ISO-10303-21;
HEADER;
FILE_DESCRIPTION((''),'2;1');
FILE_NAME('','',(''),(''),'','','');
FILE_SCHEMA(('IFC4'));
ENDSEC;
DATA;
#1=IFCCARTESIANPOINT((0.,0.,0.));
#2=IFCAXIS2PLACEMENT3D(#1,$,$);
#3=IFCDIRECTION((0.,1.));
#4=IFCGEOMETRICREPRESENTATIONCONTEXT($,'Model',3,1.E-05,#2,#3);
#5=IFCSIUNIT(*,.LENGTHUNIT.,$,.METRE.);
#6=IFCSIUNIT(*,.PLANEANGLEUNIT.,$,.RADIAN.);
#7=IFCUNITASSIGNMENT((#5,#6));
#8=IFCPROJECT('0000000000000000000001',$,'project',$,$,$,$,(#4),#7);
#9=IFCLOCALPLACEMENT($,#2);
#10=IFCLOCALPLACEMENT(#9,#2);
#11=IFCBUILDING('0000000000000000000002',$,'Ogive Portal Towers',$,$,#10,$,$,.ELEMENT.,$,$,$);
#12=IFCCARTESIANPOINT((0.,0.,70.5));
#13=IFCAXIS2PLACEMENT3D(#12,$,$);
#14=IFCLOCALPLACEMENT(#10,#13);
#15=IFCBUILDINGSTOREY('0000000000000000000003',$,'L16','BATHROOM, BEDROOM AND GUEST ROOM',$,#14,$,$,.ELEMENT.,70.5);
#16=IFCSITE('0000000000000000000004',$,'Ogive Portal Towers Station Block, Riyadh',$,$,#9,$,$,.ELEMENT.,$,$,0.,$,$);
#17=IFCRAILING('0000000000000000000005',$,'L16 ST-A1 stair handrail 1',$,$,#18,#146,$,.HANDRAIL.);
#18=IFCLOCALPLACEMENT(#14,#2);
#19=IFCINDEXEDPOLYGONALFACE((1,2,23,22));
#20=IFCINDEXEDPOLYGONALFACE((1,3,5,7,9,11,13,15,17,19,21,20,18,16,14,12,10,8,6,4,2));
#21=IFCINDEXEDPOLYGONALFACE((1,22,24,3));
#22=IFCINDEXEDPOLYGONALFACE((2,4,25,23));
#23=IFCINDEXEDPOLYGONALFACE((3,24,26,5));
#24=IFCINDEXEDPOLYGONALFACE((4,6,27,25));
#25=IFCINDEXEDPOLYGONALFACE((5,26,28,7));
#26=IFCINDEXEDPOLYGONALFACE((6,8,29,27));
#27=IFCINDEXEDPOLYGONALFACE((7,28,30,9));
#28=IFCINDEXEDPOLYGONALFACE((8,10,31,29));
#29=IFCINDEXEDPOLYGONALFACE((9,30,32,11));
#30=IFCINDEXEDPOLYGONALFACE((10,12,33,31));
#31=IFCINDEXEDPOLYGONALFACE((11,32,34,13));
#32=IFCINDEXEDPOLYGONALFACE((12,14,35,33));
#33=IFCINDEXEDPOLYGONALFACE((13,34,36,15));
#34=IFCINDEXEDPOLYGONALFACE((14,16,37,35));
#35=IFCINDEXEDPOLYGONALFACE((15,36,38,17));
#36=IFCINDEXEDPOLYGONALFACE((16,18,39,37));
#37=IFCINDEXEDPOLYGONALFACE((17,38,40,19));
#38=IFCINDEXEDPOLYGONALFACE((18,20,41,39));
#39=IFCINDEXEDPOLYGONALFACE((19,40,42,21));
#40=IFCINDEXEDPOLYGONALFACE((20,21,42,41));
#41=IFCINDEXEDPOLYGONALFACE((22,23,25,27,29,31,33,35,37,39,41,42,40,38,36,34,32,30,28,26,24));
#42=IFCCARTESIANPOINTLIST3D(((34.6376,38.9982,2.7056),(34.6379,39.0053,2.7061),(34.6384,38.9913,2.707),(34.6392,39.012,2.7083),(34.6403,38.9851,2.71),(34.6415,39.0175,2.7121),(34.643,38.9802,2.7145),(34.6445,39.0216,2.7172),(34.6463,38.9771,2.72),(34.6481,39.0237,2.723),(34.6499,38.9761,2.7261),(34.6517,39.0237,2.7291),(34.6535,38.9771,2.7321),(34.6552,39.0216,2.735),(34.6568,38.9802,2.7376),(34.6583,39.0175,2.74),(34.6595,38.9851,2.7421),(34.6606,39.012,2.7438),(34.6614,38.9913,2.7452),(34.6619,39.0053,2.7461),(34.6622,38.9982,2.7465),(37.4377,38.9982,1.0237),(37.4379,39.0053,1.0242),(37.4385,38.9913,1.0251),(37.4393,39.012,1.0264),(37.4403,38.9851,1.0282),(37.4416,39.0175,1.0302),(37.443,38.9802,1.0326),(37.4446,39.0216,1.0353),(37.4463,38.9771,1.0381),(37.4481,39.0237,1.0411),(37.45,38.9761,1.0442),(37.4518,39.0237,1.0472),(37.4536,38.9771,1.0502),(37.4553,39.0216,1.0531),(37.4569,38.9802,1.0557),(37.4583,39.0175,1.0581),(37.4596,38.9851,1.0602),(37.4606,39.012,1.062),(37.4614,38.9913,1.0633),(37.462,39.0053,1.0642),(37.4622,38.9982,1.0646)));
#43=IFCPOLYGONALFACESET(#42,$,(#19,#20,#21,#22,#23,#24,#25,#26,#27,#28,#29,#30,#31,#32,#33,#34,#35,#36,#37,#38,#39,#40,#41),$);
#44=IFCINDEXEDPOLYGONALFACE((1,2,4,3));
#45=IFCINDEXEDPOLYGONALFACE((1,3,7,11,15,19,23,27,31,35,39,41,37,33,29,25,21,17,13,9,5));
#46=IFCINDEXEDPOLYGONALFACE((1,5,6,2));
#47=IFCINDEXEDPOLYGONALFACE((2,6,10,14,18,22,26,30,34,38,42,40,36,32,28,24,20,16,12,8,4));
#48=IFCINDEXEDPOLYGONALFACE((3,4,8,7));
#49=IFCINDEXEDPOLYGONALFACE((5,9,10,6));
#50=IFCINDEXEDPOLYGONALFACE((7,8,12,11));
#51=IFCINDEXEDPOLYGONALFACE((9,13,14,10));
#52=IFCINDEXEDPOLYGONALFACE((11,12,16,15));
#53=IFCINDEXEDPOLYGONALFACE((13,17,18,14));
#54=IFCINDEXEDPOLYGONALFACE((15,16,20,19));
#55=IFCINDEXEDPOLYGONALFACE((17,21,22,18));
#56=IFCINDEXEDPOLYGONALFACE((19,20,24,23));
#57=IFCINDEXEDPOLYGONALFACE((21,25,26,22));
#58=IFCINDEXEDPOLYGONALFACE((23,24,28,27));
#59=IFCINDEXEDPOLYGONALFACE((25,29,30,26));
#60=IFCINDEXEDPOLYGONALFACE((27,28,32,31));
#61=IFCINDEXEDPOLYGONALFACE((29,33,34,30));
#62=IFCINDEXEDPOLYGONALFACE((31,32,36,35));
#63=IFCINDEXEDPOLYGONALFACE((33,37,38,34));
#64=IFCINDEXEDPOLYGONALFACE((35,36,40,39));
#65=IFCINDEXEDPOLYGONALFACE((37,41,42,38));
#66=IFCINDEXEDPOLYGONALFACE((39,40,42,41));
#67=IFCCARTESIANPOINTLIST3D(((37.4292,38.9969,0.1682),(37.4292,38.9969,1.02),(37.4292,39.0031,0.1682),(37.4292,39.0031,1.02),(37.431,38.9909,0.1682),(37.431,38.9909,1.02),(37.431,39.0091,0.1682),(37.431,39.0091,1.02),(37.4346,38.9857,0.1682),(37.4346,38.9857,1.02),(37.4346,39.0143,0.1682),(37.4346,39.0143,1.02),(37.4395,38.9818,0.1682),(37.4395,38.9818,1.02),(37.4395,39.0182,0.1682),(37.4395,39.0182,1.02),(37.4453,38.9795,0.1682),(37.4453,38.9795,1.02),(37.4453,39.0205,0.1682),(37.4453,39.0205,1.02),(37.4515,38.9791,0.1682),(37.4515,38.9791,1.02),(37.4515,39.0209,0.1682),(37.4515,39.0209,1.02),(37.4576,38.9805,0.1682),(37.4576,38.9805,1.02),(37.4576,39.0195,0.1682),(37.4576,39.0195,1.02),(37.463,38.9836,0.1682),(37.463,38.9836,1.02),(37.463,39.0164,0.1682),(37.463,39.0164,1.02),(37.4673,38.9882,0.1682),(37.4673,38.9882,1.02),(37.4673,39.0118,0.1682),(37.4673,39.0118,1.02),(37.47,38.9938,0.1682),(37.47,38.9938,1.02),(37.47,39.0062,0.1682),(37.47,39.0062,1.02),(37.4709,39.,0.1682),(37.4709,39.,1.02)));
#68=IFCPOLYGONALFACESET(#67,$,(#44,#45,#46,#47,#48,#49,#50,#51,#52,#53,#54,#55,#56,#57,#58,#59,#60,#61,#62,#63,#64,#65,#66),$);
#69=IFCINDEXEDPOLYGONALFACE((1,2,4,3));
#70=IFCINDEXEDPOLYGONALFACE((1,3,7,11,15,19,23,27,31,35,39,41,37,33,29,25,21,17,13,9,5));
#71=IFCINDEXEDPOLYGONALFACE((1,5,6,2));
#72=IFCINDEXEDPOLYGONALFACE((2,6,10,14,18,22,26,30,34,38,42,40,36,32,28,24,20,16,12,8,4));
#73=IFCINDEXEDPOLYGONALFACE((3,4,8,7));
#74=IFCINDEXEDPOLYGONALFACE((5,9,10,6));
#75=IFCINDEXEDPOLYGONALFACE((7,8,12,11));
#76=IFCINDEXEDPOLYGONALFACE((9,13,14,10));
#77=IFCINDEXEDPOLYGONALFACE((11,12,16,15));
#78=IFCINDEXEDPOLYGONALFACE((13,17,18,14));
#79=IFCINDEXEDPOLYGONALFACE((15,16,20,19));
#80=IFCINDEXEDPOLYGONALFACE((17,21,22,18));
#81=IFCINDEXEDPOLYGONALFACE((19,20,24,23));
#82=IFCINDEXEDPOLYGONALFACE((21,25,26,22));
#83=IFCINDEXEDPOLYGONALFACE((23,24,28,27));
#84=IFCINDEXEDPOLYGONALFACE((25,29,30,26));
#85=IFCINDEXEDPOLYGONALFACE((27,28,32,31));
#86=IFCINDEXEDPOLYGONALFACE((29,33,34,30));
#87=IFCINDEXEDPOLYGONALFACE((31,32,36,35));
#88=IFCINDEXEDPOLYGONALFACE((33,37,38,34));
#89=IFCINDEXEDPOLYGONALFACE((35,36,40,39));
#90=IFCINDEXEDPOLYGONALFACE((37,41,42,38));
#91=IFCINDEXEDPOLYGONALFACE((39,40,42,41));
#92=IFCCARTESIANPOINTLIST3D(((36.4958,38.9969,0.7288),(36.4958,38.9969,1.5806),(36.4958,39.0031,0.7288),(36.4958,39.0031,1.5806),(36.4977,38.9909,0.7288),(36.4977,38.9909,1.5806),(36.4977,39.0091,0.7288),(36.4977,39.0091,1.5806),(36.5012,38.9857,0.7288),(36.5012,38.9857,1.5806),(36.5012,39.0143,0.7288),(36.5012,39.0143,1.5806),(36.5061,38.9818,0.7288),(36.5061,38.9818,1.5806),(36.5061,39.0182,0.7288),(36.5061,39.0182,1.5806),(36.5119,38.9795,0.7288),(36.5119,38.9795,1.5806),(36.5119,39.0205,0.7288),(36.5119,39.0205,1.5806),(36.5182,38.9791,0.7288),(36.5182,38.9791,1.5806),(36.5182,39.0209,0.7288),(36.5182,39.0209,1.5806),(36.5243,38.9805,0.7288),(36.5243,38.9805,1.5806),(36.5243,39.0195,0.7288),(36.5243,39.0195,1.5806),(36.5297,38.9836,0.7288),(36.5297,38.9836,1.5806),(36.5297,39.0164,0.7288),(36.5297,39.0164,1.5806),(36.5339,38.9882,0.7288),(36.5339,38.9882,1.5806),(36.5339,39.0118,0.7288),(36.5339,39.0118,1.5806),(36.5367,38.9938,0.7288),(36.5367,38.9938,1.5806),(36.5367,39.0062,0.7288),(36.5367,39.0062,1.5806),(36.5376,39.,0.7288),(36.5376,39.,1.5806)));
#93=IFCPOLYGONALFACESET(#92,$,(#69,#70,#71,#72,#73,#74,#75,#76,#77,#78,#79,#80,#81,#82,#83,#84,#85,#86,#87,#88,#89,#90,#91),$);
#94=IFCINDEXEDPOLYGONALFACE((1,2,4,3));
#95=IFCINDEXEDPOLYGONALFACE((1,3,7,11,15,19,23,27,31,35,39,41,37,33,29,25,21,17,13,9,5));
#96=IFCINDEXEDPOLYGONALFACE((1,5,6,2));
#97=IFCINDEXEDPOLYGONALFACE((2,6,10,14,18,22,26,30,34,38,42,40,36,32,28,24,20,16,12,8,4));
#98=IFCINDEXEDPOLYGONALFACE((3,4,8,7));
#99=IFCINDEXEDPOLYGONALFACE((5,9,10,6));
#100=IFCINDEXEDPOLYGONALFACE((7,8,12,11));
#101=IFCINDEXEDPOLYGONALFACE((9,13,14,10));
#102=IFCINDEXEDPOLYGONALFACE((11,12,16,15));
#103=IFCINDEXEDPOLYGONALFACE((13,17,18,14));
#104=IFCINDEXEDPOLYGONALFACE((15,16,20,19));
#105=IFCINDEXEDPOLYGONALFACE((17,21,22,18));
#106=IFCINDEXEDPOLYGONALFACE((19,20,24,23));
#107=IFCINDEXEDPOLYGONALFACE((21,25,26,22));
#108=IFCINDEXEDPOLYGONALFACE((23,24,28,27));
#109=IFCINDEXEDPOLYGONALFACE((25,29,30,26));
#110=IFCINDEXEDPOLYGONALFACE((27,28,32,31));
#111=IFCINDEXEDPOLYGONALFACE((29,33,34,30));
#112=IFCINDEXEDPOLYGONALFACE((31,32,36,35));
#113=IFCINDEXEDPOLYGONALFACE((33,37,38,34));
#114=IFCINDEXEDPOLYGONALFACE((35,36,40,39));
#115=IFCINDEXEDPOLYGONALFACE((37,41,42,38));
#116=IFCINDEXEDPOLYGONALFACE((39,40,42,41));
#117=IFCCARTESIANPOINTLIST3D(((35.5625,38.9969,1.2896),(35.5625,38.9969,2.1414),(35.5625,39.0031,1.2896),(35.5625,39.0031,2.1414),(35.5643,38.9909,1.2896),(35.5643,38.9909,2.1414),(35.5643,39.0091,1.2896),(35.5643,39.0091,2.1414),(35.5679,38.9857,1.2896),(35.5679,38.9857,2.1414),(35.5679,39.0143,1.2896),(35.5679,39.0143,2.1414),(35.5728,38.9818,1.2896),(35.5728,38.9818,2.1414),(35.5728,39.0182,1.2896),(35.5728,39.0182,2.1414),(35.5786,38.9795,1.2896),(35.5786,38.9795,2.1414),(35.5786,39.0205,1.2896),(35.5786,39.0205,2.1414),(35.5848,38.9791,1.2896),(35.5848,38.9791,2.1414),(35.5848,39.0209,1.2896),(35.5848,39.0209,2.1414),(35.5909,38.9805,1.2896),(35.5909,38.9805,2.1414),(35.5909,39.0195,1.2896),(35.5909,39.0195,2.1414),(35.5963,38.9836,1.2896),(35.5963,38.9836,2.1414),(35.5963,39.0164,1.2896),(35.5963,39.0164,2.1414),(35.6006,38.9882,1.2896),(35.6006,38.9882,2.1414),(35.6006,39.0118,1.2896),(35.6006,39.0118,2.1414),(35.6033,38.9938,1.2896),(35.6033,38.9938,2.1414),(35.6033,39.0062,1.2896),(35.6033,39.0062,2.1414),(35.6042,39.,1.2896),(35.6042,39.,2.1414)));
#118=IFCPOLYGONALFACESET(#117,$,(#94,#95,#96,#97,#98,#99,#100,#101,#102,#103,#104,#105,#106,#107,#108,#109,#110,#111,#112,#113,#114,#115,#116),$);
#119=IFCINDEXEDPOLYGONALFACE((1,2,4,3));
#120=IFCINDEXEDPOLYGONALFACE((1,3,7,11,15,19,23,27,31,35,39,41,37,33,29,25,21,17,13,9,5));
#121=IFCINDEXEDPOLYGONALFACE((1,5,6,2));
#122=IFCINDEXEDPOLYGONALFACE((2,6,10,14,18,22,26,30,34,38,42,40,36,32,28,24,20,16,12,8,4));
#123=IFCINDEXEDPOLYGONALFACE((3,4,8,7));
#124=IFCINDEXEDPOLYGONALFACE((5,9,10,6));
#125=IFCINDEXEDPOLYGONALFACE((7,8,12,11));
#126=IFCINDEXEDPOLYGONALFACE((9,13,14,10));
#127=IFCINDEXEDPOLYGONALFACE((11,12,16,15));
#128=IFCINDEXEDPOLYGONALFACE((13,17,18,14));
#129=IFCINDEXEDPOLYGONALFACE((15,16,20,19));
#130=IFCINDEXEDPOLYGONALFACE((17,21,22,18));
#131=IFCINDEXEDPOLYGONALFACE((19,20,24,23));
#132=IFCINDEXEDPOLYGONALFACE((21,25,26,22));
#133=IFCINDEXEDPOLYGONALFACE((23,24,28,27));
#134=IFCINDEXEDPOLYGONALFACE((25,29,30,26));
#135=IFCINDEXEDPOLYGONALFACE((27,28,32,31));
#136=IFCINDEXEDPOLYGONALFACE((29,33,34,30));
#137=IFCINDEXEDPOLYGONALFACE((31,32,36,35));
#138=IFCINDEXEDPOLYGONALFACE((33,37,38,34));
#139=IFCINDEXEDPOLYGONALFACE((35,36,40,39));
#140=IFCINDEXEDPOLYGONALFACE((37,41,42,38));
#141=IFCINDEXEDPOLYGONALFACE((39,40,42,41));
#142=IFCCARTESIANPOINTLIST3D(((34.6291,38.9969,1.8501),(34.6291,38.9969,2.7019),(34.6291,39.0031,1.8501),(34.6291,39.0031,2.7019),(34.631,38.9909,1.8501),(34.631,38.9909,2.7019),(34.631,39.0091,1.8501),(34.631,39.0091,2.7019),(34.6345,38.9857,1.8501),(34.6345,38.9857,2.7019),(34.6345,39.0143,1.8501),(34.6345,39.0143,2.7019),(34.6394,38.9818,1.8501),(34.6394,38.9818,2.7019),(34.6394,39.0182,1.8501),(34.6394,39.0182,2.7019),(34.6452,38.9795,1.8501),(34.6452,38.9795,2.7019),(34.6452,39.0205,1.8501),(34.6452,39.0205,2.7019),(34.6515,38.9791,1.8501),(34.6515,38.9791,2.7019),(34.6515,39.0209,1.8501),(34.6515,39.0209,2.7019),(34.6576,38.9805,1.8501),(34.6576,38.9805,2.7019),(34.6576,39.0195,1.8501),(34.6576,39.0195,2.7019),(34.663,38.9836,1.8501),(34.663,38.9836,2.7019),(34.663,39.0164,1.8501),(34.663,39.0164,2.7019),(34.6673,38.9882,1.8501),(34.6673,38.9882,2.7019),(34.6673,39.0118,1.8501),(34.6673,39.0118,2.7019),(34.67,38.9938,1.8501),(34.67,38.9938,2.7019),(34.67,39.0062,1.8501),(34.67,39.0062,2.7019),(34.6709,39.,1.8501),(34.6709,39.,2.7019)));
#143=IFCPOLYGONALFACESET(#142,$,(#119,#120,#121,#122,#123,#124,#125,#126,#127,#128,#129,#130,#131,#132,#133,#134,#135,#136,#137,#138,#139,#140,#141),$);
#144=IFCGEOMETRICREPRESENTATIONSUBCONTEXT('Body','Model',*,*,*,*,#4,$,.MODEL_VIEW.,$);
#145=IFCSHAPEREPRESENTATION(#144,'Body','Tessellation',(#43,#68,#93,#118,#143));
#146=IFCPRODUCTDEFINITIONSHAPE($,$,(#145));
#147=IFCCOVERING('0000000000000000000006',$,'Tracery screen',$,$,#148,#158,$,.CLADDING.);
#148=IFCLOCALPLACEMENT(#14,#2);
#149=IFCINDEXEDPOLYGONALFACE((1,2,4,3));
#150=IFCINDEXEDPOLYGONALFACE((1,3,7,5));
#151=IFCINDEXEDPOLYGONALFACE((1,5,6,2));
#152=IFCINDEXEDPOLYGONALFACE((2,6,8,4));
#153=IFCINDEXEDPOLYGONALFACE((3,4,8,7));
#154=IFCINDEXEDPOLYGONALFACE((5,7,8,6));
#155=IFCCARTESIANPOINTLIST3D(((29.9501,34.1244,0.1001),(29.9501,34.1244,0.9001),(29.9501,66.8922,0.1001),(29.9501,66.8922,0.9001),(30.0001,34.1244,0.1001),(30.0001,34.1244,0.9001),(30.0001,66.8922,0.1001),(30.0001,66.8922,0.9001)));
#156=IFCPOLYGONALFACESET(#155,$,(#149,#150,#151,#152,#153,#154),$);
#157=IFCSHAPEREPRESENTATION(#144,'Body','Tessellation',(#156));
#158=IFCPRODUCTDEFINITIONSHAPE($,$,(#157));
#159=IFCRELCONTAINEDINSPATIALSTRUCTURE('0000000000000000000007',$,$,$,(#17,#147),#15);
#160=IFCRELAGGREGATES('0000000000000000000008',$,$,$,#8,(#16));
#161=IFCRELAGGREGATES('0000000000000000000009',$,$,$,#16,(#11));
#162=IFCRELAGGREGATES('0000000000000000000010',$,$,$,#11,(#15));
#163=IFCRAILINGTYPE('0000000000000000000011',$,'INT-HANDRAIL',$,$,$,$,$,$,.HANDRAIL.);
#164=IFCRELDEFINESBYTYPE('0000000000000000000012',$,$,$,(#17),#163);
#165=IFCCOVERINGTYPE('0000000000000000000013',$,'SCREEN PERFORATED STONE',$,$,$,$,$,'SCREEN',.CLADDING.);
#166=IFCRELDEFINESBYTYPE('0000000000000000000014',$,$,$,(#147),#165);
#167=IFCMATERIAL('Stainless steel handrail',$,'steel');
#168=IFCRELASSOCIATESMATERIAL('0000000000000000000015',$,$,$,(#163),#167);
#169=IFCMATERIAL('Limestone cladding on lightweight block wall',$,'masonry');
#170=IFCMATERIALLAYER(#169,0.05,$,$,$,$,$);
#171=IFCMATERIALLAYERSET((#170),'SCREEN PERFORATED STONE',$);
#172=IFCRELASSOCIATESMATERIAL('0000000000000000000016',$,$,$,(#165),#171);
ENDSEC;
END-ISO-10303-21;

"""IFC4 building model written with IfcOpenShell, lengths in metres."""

from ifc_helpers import new_model, si_unit, direction, frame, origin, origin_2d, place, context, subcontext, project, spatial, rectangle, circle, extrude, material, layer, layer_set, type_object, element, save


model = new_model("IFC4")

# Units and contexts
model_context = context("Model", 3, precision=1e-05, world=origin(), true_north=direction((0.0, 1.0)))
body_context = subcontext(model_context, "Body", "Model", "MODEL_VIEW")
ifc_project = project(units=[si_unit("LENGTHUNIT", "METRE"), si_unit("PLANEANGLEUNIT", "RADIAN")], contexts=[model_context])

# Site, building, storey
site_placement = place(None, origin())
site = spatial("IfcSite", under=ifc_project, at=site_placement, Name="Ogive Portal Towers Station Block, Riyadh", CompositionType="ELEMENT", RefElevation=0.0)
building_placement = place(site_placement, origin())
building = spatial("IfcBuilding", under=site, at=building_placement, Name="Ogive Portal Towers", CompositionType="ELEMENT")
storey_placement = place(building_placement, frame((0.0, 0.0, 70.5)))
storey = spatial("IfcBuildingStorey", under=building, at=storey_placement, Name="L16", Description="BATHROOM, BEDROOM AND GUEST ROOM", CompositionType="ELEMENT", Elevation=70.5)

# Railing
ifc_material_1 = material(Name="Stainless steel handrail", Category="steel")
railing_type_1 = type_object("IfcRailingType", Name="INT-HANDRAIL", PredefinedType="HANDRAIL", material=ifc_material_1)
railing_1_placement = place(storey_placement, frame((37.45, 39.0, 0.1682)))
element("IfcRailing", 1, at=railing_1_placement, inside=storey, type_object=railing_type_1, Name="L16 ST-A1 stair handrail 1", PredefinedType="HANDRAIL", context=body_context, shape_type="SweptSolid", body=[
    extrude(circle(Radius=0.0239, at=origin_2d()), frame((0.0, 0.0, 0.876), z_axis=(-0.857242, 0.0, 0.514913), x_axis=(0.0, -1.0, 0.0)), (0.0, 0.0, 1.0), 3.2664),
    extrude(circle(Radius=0.021, at=origin_2d()), origin(), (0.0, 0.0, 1.0), 0.8518),
    extrude(circle(Radius=0.021, at=origin_2d()), frame((-0.9333, 0.0, 0.5605)), (0.0, 0.0, 1.0), 0.8518),
    extrude(circle(Radius=0.021, at=origin_2d()), frame((-1.8667, 0.0, 1.1213)), (0.0, 0.0, 1.0), 0.8518),
    extrude(circle(Radius=0.021, at=origin_2d()), frame((-2.8, 0.0, 1.6819)), (0.0, 0.0, 1.0), 0.8518),
])

# Covering
ifc_material_2 = material(Name="Limestone cladding on lightweight block wall", Category="masonry")
ifc_layer_1 = layer(ifc_material_2, 0.05)
ifc_layer_set_1 = layer_set([ifc_layer_1], Name="SCREEN PERFORATED STONE")
covering_type = type_object("IfcCoveringType", Name="SCREEN PERFORATED STONE", ElementType="SCREEN", PredefinedType="CLADDING", material=ifc_layer_set_1)
covering_placement = place(storey_placement, frame((29.9751, 50.5083, 0.1001), z_axis=(0.0, 0.0, 1.0), x_axis=(0.0, -1.0, 0.0)))
element("IfcCovering", 2, at=covering_placement, inside=storey, type_object=covering_type, Name="Tracery screen", PredefinedType="CLADDING", context=body_context, shape_type="SweptSolid", body=[
    extrude(rectangle(XDim=32.7678, YDim=0.05, at=origin_2d()), origin(), (0.0, 0.0, 1.0), 0.8),
])

save(model, "model.ifc")
